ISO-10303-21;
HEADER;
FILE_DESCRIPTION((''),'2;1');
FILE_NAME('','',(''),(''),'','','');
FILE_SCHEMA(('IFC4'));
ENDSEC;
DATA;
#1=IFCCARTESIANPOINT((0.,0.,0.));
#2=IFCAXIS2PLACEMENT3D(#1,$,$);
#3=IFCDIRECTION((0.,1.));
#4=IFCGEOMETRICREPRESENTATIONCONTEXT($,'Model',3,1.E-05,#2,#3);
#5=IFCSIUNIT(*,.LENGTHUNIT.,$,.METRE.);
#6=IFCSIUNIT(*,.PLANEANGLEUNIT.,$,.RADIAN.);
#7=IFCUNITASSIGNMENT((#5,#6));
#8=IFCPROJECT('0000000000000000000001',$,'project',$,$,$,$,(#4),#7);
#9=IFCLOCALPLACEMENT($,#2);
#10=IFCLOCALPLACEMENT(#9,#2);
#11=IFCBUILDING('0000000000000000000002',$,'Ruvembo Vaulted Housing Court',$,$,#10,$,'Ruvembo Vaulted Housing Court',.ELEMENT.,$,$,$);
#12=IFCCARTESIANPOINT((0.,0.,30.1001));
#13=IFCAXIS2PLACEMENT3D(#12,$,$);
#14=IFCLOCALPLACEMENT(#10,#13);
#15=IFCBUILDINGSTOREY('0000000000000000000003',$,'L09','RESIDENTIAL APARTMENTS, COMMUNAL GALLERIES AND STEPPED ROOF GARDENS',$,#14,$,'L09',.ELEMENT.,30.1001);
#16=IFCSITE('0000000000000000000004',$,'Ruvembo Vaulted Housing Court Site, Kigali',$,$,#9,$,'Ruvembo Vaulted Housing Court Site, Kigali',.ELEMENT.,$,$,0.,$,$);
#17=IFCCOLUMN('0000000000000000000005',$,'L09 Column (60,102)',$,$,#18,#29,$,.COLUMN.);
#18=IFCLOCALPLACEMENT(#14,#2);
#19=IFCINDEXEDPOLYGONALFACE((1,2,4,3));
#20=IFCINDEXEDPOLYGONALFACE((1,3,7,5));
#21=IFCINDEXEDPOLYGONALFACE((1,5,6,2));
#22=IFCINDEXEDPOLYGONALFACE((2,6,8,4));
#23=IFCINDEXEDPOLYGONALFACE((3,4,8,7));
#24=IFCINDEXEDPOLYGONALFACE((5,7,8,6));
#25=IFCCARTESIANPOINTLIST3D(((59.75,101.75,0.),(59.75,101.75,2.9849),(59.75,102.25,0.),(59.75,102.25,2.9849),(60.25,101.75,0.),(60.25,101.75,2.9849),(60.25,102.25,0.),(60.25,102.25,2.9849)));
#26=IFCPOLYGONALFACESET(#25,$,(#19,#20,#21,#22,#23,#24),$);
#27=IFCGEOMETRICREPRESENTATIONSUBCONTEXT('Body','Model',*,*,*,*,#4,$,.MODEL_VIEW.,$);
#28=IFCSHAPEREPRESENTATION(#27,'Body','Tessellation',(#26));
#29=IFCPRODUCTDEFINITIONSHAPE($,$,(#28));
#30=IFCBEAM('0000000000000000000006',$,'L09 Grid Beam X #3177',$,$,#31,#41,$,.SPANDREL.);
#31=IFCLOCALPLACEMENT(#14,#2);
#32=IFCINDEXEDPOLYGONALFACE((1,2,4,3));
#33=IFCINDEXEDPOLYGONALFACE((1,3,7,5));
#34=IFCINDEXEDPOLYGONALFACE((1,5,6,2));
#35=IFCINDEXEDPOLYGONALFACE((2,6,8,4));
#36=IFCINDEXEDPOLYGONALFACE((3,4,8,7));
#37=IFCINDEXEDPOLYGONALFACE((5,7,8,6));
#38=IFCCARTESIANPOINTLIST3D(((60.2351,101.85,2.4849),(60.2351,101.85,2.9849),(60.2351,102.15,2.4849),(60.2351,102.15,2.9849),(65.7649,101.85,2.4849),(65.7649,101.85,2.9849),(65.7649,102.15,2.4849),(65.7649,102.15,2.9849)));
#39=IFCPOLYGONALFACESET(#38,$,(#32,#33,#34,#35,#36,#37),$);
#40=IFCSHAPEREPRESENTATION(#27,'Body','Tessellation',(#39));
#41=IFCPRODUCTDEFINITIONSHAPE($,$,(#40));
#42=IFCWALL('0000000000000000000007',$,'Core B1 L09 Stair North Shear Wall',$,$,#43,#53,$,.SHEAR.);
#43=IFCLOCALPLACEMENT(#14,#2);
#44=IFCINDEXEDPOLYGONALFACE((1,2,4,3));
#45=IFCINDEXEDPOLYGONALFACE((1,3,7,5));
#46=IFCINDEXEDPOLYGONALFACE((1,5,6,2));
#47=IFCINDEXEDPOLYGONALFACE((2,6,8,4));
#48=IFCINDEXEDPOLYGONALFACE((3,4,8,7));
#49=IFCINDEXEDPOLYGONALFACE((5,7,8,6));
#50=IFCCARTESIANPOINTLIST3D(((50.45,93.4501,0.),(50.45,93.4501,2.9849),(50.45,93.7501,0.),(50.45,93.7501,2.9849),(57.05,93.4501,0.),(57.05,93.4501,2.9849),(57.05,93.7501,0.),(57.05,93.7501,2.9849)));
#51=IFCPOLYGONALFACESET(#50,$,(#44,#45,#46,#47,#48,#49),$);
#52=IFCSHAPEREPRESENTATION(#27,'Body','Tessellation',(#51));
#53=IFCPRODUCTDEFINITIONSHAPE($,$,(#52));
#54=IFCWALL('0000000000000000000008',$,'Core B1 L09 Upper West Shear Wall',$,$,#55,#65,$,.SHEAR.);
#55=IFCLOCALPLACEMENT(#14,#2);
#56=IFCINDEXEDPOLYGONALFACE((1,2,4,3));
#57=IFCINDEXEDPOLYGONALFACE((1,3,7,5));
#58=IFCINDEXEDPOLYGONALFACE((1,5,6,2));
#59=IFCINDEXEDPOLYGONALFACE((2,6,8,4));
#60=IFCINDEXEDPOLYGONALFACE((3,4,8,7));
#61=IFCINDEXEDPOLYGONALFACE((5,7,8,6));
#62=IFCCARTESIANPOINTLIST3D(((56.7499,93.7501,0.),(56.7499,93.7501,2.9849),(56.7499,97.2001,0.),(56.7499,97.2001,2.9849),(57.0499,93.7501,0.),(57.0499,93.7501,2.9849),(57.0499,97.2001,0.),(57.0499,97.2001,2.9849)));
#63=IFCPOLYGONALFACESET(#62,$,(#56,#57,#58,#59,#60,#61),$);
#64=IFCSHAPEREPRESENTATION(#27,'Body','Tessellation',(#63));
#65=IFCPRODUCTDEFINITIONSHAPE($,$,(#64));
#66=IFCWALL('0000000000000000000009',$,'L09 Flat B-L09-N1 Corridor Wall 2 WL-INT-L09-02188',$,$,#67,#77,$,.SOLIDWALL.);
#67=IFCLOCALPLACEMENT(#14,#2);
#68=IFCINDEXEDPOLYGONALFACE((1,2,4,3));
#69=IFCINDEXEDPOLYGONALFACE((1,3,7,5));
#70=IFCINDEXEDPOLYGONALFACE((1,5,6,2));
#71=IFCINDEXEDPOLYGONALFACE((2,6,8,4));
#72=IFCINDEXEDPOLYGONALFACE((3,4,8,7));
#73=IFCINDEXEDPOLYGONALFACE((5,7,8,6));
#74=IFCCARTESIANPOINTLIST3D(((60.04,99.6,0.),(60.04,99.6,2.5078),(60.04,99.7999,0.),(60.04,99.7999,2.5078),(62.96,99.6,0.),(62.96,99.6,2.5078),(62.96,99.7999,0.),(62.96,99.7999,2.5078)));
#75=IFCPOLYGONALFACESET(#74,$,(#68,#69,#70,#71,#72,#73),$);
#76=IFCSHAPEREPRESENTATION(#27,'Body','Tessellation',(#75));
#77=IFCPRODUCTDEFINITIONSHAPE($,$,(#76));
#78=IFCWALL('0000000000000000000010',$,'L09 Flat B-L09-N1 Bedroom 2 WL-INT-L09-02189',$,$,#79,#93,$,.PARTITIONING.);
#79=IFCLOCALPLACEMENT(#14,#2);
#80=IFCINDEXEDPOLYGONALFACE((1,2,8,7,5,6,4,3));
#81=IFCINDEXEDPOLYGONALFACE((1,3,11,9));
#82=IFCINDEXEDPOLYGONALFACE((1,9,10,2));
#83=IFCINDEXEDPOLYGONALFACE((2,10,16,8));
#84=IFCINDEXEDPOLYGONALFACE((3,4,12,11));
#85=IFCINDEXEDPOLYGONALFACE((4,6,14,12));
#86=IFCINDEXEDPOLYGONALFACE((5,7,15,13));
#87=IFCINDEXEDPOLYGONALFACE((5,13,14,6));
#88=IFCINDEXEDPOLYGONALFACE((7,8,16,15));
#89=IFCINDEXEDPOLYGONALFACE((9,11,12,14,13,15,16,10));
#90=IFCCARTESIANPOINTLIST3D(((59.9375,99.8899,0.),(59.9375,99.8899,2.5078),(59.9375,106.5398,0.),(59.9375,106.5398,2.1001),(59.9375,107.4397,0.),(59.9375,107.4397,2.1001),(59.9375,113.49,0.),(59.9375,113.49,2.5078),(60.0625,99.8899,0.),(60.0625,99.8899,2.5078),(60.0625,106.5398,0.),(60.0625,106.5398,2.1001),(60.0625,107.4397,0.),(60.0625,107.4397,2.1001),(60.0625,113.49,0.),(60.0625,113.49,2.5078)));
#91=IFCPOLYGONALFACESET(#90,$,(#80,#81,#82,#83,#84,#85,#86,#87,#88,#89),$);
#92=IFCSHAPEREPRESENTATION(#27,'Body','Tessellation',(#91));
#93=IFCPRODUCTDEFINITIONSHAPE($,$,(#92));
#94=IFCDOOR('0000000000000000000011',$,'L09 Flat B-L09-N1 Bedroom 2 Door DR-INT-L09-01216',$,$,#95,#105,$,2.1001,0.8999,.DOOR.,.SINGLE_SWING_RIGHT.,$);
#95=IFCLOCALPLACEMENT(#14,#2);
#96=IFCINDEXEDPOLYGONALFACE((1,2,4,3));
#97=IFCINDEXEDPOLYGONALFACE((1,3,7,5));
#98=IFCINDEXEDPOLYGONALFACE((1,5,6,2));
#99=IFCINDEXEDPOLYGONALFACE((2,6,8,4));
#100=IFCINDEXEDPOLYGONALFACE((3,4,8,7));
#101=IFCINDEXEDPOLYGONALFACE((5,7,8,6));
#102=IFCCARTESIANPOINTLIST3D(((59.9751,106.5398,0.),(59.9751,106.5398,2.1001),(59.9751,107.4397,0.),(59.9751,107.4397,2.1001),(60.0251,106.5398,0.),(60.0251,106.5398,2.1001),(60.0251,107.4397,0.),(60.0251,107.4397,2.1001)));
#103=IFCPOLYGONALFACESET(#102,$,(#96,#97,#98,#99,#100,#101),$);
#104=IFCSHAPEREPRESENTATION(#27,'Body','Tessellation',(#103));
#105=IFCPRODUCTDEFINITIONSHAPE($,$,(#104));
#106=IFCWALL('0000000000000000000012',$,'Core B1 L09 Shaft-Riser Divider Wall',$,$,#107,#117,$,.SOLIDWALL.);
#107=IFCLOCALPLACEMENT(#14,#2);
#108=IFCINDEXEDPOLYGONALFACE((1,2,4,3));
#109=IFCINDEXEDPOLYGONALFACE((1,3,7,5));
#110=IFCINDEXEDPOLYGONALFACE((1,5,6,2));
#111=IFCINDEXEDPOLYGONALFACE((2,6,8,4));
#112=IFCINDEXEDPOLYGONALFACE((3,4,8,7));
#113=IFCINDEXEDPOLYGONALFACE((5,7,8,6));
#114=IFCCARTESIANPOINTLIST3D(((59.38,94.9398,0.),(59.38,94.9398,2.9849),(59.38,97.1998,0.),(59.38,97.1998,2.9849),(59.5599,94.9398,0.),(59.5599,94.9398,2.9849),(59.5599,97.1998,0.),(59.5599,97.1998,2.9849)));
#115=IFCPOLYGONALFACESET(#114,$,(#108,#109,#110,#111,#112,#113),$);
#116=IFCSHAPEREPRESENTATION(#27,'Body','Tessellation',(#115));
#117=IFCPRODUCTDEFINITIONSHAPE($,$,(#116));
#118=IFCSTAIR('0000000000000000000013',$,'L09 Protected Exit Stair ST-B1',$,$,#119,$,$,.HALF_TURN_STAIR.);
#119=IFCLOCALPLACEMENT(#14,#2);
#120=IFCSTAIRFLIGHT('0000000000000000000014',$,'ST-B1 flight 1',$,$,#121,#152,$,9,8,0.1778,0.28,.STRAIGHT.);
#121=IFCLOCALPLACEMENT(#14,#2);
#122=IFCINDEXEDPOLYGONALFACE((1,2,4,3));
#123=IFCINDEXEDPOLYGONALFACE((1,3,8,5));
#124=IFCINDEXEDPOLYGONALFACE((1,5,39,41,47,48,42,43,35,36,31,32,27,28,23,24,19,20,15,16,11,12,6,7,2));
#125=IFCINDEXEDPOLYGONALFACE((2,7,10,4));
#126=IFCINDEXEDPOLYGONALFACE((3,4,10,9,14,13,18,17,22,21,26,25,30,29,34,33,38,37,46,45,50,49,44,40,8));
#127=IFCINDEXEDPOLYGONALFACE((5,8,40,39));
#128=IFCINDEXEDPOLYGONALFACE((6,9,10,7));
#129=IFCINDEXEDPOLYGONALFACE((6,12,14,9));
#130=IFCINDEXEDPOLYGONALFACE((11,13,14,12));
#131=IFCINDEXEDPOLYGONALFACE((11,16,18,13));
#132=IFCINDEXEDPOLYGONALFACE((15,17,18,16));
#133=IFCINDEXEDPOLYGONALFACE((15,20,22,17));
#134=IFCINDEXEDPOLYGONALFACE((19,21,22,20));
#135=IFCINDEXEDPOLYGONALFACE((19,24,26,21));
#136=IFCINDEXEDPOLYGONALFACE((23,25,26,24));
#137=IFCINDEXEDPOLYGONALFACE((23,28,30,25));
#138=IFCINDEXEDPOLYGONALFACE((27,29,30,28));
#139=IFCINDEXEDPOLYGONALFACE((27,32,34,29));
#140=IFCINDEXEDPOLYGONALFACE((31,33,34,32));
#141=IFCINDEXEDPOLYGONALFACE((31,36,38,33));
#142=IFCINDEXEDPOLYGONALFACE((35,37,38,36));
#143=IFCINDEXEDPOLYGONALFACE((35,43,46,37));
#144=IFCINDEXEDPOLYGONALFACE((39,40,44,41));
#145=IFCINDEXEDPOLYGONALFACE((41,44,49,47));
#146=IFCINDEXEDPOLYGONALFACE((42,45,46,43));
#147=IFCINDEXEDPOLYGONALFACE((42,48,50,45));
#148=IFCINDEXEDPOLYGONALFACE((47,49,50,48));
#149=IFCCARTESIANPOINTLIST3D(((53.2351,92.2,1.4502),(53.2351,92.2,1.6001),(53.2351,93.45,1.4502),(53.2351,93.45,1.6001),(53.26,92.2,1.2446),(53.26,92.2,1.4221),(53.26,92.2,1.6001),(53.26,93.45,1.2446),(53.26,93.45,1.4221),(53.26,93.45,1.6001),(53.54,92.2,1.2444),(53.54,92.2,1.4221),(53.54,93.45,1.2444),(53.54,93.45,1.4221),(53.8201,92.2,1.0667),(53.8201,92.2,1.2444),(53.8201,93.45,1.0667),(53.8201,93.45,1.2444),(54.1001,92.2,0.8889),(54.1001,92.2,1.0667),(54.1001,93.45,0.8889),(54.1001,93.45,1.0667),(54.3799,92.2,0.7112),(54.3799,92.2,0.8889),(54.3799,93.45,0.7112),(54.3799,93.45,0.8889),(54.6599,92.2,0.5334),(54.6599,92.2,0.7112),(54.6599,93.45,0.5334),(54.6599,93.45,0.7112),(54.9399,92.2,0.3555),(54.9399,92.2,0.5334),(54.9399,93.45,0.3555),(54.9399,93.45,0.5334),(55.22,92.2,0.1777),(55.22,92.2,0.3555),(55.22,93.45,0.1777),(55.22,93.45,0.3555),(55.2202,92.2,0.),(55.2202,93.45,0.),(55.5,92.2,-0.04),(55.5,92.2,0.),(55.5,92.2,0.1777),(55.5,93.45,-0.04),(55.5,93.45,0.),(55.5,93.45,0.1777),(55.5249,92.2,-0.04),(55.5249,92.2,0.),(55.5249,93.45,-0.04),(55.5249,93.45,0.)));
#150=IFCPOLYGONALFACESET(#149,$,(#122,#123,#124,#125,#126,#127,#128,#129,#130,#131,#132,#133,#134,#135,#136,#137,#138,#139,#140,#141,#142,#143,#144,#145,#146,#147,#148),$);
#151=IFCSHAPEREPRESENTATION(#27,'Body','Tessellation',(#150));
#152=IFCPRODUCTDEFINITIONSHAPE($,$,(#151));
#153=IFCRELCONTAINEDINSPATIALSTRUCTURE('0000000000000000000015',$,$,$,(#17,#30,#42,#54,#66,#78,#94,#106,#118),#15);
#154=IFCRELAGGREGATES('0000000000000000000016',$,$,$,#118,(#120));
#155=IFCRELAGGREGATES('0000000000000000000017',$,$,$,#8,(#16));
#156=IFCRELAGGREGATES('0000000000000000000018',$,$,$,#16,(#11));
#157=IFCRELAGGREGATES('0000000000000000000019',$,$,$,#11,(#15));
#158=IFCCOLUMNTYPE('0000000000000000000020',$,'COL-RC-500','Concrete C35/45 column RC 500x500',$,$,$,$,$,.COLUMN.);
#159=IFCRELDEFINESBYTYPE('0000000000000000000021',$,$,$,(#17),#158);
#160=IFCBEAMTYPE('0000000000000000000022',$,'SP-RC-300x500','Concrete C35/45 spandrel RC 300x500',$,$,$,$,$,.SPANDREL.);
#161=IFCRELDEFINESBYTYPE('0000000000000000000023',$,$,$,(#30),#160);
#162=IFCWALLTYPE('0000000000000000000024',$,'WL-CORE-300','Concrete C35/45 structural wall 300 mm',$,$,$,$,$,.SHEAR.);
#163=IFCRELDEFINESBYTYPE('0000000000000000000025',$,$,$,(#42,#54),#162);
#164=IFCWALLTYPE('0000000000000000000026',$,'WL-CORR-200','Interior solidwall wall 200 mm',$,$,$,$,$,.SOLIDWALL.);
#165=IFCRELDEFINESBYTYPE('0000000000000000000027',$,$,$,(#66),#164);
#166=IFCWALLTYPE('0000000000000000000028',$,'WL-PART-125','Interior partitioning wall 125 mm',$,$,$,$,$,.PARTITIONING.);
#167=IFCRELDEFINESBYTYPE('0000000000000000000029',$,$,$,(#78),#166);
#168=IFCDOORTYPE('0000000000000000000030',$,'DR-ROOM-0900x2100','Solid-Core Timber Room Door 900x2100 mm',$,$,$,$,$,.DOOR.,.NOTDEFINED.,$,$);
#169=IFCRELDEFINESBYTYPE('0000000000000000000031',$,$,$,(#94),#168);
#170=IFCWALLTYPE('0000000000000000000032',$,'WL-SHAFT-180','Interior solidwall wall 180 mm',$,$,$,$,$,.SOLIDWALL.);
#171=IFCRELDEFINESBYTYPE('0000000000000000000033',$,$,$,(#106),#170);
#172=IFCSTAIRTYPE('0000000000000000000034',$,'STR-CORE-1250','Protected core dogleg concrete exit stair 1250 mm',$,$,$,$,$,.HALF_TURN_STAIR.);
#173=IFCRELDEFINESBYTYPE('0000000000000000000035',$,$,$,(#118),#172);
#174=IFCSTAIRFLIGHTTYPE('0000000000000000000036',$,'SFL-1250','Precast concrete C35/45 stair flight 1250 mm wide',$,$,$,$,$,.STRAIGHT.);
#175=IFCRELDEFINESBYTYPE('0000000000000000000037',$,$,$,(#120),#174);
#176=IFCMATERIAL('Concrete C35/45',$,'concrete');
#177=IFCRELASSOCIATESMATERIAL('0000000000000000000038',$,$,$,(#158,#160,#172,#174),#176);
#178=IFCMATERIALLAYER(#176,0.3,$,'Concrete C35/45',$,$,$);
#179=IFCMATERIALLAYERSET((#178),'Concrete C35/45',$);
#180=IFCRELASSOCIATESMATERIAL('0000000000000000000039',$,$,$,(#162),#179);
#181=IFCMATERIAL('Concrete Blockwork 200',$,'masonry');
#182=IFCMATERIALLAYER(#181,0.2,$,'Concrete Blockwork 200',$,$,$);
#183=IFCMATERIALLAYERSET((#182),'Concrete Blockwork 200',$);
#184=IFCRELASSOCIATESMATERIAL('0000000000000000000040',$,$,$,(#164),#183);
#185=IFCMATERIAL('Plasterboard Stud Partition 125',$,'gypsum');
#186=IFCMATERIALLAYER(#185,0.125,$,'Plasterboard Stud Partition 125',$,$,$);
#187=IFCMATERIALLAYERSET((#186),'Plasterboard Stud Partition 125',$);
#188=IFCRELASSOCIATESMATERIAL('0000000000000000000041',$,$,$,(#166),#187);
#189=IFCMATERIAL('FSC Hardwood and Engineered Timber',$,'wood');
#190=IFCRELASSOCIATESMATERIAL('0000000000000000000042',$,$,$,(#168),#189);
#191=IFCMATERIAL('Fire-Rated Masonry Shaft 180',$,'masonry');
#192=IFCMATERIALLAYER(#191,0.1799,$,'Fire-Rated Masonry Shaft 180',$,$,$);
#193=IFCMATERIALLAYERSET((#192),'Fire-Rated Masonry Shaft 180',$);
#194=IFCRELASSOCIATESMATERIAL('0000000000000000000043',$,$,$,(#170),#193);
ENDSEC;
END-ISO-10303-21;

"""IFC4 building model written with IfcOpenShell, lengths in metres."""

from ifc_helpers import new_model, si_unit, direction, frame, frame_2d, origin, origin_2d, place, context, subcontext, project, spatial, polyline, rectangle, outline, extrude, material, layer, layer_set, material_profile, profile_set, type_object, element, fill, aggregate, save


model = new_model("IFC4")

# Units and contexts
model_context = context("Model", 3, precision=1e-05, world=origin(), true_north=direction((0.0, 1.0)))
body_context = subcontext(model_context, "Body", "Model", "MODEL_VIEW")
ifc_project = project(units=[si_unit("LENGTHUNIT", "METRE"), si_unit("PLANEANGLEUNIT", "RADIAN")], contexts=[model_context])

# Site, building, storey
site_placement = place(None, origin())
site = spatial("IfcSite", under=ifc_project, at=site_placement, Name="Ruvembo Vaulted Housing Court Site, Kigali", LongName="Ruvembo Vaulted Housing Court Site, Kigali", CompositionType="ELEMENT", RefElevation=0.0)
building_placement = place(site_placement, origin())
building = spatial("IfcBuilding", under=site, at=building_placement, Name="Ruvembo Vaulted Housing Court", LongName="Ruvembo Vaulted Housing Court", CompositionType="ELEMENT")
storey_placement = place(building_placement, frame((0.0, 0.0, 30.1001)))
storey = spatial("IfcBuildingStorey", under=building, at=storey_placement, Name="L09", Description="RESIDENTIAL APARTMENTS, COMMUNAL GALLERIES AND STEPPED ROOF GARDENS", LongName="L09", CompositionType="ELEMENT", Elevation=30.1001)

# Column
ifc_material_1 = material(Name="Concrete C35/45", Category="concrete")
ifc_material_profile_1 = material_profile(ifc_material_1, rectangle(XDim=0.5, YDim=0.5, at=origin_2d()), Name="RC 500x500")
ifc_profile_set_1 = profile_set([ifc_material_profile_1], Name="Concrete C35/45")
column_type = type_object("IfcColumnType", Name="COL-RC-500", Description="Concrete C35/45 column RC 500x500", PredefinedType="COLUMN", material=ifc_profile_set_1)
column_placement = place(storey_placement, frame((60.0, 102.0, 0.0), z_axis=(0.0, 0.0, 1.0), x_axis=(1.0, 0.0, 0.0)))
element("IfcColumn", 1, at=column_placement, inside=storey, type_object=column_type, Name="L09 Column (60,102)", PredefinedType="COLUMN", context=body_context, shape_type="SweptSolid", body=[
    extrude(rectangle(XDim=0.5, YDim=0.5, at=origin_2d()), origin(), (0.0, 0.0, 1.0), 2.9849),
])

# Beam
ifc_material_profile_2 = material_profile(ifc_material_1, rectangle(XDim=0.3, YDim=0.5, at=origin_2d()), Name="RC 300x500")
ifc_profile_set_2 = profile_set([ifc_material_profile_2], Name="Concrete C35/45")
beam_type = type_object("IfcBeamType", Name="SP-RC-300x500", Description="Concrete C35/45 spandrel RC 300x500", PredefinedType="SPANDREL", material=ifc_profile_set_2)
beam_placement = place(storey_placement, frame((60.2351, 102.0, 2.7349), z_axis=(1.0, 0.0, 0.0), x_axis=(0.0, 1.0, 0.0)))
element("IfcBeam", 2, at=beam_placement, inside=storey, type_object=beam_type, Name="L09 Grid Beam X #3177", PredefinedType="SPANDREL", context=body_context, shape_type="SweptSolid", body=[
    extrude(rectangle(XDim=0.3, YDim=0.5, at=origin_2d()), origin(), (0.0, 0.0, 1.0), 5.5298),
])

# Walls
ifc_layer_1 = layer(ifc_material_1, 0.3, Name="Concrete C35/45")
ifc_layer_set_1 = layer_set([ifc_layer_1], Name="Concrete C35/45")
wall_type_1 = type_object("IfcWallType", Name="WL-CORE-300", Description="Concrete C35/45 structural wall 300 mm", PredefinedType="SHEAR", material=ifc_layer_set_1)
wall_1_placement = place(storey_placement, frame((57.05, 93.6001, 0.0), z_axis=(0.0, 0.0, 1.0), x_axis=(-1.0, 0.0, 0.0)))
element("IfcWall", 3, at=wall_1_placement, inside=storey, type_object=wall_type_1, Name="Core B1 L09 Stair North Shear Wall", PredefinedType="SHEAR", context=body_context, shape_type="SweptSolid", body=[
    extrude(rectangle(XDim=6.6001, YDim=0.3, at=frame_2d((3.3, 0.0))), origin(), (0.0, 0.0, 1.0), 2.9849),
])
wall_2_placement = place(storey_placement, frame((56.8999, 93.75, 0.0), z_axis=(0.0, 0.0, 1.0), x_axis=(0.0, 1.0, 0.0)))
element("IfcWall", 4, at=wall_2_placement, inside=storey, type_object=wall_type_1, Name="Core B1 L09 Upper West Shear Wall", PredefinedType="SHEAR", context=body_context, shape_type="SweptSolid", body=[
    extrude(rectangle(XDim=3.45, YDim=0.3, at=frame_2d((1.7251, 0.0))), origin(), (0.0, 0.0, 1.0), 2.9849),
])
ifc_material_2 = material(Name="Concrete Blockwork 200", Category="masonry")
ifc_layer_2 = layer(ifc_material_2, 0.2, Name="Concrete Blockwork 200")
ifc_layer_set_2 = layer_set([ifc_layer_2], Name="Concrete Blockwork 200")
wall_type_2 = type_object("IfcWallType", Name="WL-CORR-200", Description="Interior solidwall wall 200 mm", PredefinedType="SOLIDWALL", material=ifc_layer_set_2)
wall_3_placement = place(storey_placement, frame((60.04, 99.7, 0.0), z_axis=(0.0, 0.0, 1.0), x_axis=(1.0, 0.0, 0.0)))
element("IfcWall", 5, at=wall_3_placement, inside=storey, type_object=wall_type_2, Name="L09 Flat B-L09-N1 Corridor Wall 2 WL-INT-L09-02188", PredefinedType="SOLIDWALL", context=body_context, shape_type="SweptSolid", body=[
    extrude(rectangle(XDim=2.9199, YDim=0.2, at=frame_2d((1.46, 0.0))), origin(), (0.0, 0.0, 1.0), 2.5078),
])

# Wall, opening, door
ifc_material_3 = material(Name="Plasterboard Stud Partition 125", Category="gypsum")
ifc_layer_3 = layer(ifc_material_3, 0.125, Name="Plasterboard Stud Partition 125")
ifc_layer_set_3 = layer_set([ifc_layer_3], Name="Plasterboard Stud Partition 125")
wall_type_3 = type_object("IfcWallType", Name="WL-PART-125", Description="Interior partitioning wall 125 mm", PredefinedType="PARTITIONING", material=ifc_layer_set_3)
wall_4_placement = place(storey_placement, frame((60.0, 99.8899, 0.0), z_axis=(0.0, 0.0, 1.0), x_axis=(0.0, 1.0, 0.0)))
wall_4 = element("IfcWall", 6, at=wall_4_placement, inside=storey, type_object=wall_type_3, Name="L09 Flat B-L09-N1 Bedroom 2 WL-INT-L09-02189", PredefinedType="PARTITIONING", context=body_context, shape_type="SweptSolid", body=[
    extrude(rectangle(XDim=13.6001, YDim=0.125, at=frame_2d((6.8, 0.0))), origin(), (0.0, 0.0, 1.0), 2.5078),
])
opening_1_placement = place(wall_4_placement, frame((6.6499, 0.0, 0.0)))
opening_1 = element("IfcOpeningElement", 7, at=opening_1_placement, cuts=wall_4, PredefinedType="OPENING", context=body_context, shape_type="SweptSolid", body=[
    extrude(rectangle(XDim=0.8999, YDim=2.1001, at=frame_2d((0.45, 1.05))), frame((0.0, 0.0725, 0.0), z_axis=(0.0, -1.0, 0.0), x_axis=(1.0, 0.0, 0.0)), (0.0, 0.0, 1.0), 0.145),
])
ifc_material_4 = material(Name="FSC Hardwood and Engineered Timber", Category="wood")
door_type_1 = type_object("IfcDoorType", Name="DR-ROOM-0900x2100", Description="Solid-Core Timber Room Door 900x2100 mm", OperationType="NOTDEFINED", PredefinedType="DOOR", material=ifc_material_4)
door_1_placement = place(opening_1_placement, origin())
door_1 = element("IfcDoor", 8, at=door_1_placement, inside=storey, type_object=door_type_1, Name="L09 Flat B-L09-N1 Bedroom 2 Door DR-INT-L09-01216", OperationType="SINGLE_SWING_RIGHT", OverallHeight=2.1001, OverallWidth=0.8999, PredefinedType="DOOR", context=body_context, shape_type="SweptSolid", body=[
    extrude(rectangle(XDim=0.8999, YDim=2.1001, at=frame_2d((0.45, 1.05))), frame((0.0, 0.0249, 0.0), z_axis=(0.0, -1.0, 0.0), x_axis=(1.0, 0.0, 0.0)), (0.0, 0.0, 1.0), 0.05),
])
fill(opening_1, door_1)

# Shared definitions
ifc_material_5 = material(Name="Fire-Rated Masonry Shaft 180", Category="masonry")
ifc_layer_4 = layer(ifc_material_5, 0.1799, Name="Fire-Rated Masonry Shaft 180")
ifc_layer_set_4 = layer_set([ifc_layer_4], Name="Fire-Rated Masonry Shaft 180")
wall_type_4 = type_object("IfcWallType", Name="WL-SHAFT-180", Description="Interior solidwall wall 180 mm", PredefinedType="SOLIDWALL", material=ifc_layer_set_4)

# Wall
wall_5_placement = place(storey_placement, frame((59.47, 94.9399, 0.0), z_axis=(0.0, 0.0, 1.0), x_axis=(0.0, 1.0, 0.0)))
element("IfcWall", 9, at=wall_5_placement, inside=storey, type_object=wall_type_4, Name="Core B1 L09 Shaft-Riser Divider Wall", PredefinedType="SOLIDWALL", context=body_context, shape_type="SweptSolid", body=[
    extrude(rectangle(XDim=2.26, YDim=0.1799, at=frame_2d((1.1299, 0.0))), origin(), (0.0, 0.0, 1.0), 2.9849),
])

# Stair, stair flight
stair_type = type_object("IfcStairType", Name="STR-CORE-1250", Description="Protected core dogleg concrete exit stair 1250 mm", PredefinedType="HALF_TURN_STAIR", material=ifc_material_1)
stair_placement = place(storey_placement, origin())
stair = element("IfcStair", 10, at=stair_placement, inside=storey, type_object=stair_type, Name="L09 Protected Exit Stair ST-B1", PredefinedType="HALF_TURN_STAIR")
stair_flight_type = type_object("IfcStairFlightType", Name="SFL-1250", Description="Precast concrete C35/45 stair flight 1250 mm wide", PredefinedType="STRAIGHT", material=ifc_material_1)
stair_flight_placement = place(storey_placement, frame((55.5, 92.825, 0.0), z_axis=(0.0, 0.0, 1.0), x_axis=(-1.0, 0.0, 0.0)))
stair_flight = element("IfcStairFlight", 11, at=stair_flight_placement, type_object=stair_flight_type, Name="ST-B1 flight 1", NumberOfRisers=9, NumberOfTreads=8, PredefinedType="STRAIGHT", RiserHeight=0.1778, TreadLength=0.28, context=body_context, shape_type="SweptSolid", body=[
    extrude(outline(polyline([(-0.0249, -0.04), (-0.0249, 0.0), (0.0, 0.0), (0.0, 0.1777), (0.28, 0.1777), (0.28, 0.3555), (0.5601, 0.3555), (0.5601, 0.5334), (0.8401, 0.5334), (0.8401, 0.7112), (1.1201, 0.7112), (1.1201, 0.8889), (1.3999, 0.8889), (1.3999, 1.0667), (1.6799, 1.0667), (1.6799, 1.2444), (1.96, 1.2444), (1.96, 1.4221), (2.24, 1.4221), (2.24, 1.6001), (2.2649, 1.6001), (2.2649, 1.4502), (2.24, 1.2446), (0.2798, 0.0), (0.0, -0.04), (-0.0249, -0.04)])), frame((0.0, 0.625, 0.0), z_axis=(0.0, -1.0, 0.0), x_axis=(1.0, 0.0, 0.0)), (0.0, 0.0, 1.0), 1.25),
])
aggregate(stair, [stair_flight])

save(model, "model.ifc")
